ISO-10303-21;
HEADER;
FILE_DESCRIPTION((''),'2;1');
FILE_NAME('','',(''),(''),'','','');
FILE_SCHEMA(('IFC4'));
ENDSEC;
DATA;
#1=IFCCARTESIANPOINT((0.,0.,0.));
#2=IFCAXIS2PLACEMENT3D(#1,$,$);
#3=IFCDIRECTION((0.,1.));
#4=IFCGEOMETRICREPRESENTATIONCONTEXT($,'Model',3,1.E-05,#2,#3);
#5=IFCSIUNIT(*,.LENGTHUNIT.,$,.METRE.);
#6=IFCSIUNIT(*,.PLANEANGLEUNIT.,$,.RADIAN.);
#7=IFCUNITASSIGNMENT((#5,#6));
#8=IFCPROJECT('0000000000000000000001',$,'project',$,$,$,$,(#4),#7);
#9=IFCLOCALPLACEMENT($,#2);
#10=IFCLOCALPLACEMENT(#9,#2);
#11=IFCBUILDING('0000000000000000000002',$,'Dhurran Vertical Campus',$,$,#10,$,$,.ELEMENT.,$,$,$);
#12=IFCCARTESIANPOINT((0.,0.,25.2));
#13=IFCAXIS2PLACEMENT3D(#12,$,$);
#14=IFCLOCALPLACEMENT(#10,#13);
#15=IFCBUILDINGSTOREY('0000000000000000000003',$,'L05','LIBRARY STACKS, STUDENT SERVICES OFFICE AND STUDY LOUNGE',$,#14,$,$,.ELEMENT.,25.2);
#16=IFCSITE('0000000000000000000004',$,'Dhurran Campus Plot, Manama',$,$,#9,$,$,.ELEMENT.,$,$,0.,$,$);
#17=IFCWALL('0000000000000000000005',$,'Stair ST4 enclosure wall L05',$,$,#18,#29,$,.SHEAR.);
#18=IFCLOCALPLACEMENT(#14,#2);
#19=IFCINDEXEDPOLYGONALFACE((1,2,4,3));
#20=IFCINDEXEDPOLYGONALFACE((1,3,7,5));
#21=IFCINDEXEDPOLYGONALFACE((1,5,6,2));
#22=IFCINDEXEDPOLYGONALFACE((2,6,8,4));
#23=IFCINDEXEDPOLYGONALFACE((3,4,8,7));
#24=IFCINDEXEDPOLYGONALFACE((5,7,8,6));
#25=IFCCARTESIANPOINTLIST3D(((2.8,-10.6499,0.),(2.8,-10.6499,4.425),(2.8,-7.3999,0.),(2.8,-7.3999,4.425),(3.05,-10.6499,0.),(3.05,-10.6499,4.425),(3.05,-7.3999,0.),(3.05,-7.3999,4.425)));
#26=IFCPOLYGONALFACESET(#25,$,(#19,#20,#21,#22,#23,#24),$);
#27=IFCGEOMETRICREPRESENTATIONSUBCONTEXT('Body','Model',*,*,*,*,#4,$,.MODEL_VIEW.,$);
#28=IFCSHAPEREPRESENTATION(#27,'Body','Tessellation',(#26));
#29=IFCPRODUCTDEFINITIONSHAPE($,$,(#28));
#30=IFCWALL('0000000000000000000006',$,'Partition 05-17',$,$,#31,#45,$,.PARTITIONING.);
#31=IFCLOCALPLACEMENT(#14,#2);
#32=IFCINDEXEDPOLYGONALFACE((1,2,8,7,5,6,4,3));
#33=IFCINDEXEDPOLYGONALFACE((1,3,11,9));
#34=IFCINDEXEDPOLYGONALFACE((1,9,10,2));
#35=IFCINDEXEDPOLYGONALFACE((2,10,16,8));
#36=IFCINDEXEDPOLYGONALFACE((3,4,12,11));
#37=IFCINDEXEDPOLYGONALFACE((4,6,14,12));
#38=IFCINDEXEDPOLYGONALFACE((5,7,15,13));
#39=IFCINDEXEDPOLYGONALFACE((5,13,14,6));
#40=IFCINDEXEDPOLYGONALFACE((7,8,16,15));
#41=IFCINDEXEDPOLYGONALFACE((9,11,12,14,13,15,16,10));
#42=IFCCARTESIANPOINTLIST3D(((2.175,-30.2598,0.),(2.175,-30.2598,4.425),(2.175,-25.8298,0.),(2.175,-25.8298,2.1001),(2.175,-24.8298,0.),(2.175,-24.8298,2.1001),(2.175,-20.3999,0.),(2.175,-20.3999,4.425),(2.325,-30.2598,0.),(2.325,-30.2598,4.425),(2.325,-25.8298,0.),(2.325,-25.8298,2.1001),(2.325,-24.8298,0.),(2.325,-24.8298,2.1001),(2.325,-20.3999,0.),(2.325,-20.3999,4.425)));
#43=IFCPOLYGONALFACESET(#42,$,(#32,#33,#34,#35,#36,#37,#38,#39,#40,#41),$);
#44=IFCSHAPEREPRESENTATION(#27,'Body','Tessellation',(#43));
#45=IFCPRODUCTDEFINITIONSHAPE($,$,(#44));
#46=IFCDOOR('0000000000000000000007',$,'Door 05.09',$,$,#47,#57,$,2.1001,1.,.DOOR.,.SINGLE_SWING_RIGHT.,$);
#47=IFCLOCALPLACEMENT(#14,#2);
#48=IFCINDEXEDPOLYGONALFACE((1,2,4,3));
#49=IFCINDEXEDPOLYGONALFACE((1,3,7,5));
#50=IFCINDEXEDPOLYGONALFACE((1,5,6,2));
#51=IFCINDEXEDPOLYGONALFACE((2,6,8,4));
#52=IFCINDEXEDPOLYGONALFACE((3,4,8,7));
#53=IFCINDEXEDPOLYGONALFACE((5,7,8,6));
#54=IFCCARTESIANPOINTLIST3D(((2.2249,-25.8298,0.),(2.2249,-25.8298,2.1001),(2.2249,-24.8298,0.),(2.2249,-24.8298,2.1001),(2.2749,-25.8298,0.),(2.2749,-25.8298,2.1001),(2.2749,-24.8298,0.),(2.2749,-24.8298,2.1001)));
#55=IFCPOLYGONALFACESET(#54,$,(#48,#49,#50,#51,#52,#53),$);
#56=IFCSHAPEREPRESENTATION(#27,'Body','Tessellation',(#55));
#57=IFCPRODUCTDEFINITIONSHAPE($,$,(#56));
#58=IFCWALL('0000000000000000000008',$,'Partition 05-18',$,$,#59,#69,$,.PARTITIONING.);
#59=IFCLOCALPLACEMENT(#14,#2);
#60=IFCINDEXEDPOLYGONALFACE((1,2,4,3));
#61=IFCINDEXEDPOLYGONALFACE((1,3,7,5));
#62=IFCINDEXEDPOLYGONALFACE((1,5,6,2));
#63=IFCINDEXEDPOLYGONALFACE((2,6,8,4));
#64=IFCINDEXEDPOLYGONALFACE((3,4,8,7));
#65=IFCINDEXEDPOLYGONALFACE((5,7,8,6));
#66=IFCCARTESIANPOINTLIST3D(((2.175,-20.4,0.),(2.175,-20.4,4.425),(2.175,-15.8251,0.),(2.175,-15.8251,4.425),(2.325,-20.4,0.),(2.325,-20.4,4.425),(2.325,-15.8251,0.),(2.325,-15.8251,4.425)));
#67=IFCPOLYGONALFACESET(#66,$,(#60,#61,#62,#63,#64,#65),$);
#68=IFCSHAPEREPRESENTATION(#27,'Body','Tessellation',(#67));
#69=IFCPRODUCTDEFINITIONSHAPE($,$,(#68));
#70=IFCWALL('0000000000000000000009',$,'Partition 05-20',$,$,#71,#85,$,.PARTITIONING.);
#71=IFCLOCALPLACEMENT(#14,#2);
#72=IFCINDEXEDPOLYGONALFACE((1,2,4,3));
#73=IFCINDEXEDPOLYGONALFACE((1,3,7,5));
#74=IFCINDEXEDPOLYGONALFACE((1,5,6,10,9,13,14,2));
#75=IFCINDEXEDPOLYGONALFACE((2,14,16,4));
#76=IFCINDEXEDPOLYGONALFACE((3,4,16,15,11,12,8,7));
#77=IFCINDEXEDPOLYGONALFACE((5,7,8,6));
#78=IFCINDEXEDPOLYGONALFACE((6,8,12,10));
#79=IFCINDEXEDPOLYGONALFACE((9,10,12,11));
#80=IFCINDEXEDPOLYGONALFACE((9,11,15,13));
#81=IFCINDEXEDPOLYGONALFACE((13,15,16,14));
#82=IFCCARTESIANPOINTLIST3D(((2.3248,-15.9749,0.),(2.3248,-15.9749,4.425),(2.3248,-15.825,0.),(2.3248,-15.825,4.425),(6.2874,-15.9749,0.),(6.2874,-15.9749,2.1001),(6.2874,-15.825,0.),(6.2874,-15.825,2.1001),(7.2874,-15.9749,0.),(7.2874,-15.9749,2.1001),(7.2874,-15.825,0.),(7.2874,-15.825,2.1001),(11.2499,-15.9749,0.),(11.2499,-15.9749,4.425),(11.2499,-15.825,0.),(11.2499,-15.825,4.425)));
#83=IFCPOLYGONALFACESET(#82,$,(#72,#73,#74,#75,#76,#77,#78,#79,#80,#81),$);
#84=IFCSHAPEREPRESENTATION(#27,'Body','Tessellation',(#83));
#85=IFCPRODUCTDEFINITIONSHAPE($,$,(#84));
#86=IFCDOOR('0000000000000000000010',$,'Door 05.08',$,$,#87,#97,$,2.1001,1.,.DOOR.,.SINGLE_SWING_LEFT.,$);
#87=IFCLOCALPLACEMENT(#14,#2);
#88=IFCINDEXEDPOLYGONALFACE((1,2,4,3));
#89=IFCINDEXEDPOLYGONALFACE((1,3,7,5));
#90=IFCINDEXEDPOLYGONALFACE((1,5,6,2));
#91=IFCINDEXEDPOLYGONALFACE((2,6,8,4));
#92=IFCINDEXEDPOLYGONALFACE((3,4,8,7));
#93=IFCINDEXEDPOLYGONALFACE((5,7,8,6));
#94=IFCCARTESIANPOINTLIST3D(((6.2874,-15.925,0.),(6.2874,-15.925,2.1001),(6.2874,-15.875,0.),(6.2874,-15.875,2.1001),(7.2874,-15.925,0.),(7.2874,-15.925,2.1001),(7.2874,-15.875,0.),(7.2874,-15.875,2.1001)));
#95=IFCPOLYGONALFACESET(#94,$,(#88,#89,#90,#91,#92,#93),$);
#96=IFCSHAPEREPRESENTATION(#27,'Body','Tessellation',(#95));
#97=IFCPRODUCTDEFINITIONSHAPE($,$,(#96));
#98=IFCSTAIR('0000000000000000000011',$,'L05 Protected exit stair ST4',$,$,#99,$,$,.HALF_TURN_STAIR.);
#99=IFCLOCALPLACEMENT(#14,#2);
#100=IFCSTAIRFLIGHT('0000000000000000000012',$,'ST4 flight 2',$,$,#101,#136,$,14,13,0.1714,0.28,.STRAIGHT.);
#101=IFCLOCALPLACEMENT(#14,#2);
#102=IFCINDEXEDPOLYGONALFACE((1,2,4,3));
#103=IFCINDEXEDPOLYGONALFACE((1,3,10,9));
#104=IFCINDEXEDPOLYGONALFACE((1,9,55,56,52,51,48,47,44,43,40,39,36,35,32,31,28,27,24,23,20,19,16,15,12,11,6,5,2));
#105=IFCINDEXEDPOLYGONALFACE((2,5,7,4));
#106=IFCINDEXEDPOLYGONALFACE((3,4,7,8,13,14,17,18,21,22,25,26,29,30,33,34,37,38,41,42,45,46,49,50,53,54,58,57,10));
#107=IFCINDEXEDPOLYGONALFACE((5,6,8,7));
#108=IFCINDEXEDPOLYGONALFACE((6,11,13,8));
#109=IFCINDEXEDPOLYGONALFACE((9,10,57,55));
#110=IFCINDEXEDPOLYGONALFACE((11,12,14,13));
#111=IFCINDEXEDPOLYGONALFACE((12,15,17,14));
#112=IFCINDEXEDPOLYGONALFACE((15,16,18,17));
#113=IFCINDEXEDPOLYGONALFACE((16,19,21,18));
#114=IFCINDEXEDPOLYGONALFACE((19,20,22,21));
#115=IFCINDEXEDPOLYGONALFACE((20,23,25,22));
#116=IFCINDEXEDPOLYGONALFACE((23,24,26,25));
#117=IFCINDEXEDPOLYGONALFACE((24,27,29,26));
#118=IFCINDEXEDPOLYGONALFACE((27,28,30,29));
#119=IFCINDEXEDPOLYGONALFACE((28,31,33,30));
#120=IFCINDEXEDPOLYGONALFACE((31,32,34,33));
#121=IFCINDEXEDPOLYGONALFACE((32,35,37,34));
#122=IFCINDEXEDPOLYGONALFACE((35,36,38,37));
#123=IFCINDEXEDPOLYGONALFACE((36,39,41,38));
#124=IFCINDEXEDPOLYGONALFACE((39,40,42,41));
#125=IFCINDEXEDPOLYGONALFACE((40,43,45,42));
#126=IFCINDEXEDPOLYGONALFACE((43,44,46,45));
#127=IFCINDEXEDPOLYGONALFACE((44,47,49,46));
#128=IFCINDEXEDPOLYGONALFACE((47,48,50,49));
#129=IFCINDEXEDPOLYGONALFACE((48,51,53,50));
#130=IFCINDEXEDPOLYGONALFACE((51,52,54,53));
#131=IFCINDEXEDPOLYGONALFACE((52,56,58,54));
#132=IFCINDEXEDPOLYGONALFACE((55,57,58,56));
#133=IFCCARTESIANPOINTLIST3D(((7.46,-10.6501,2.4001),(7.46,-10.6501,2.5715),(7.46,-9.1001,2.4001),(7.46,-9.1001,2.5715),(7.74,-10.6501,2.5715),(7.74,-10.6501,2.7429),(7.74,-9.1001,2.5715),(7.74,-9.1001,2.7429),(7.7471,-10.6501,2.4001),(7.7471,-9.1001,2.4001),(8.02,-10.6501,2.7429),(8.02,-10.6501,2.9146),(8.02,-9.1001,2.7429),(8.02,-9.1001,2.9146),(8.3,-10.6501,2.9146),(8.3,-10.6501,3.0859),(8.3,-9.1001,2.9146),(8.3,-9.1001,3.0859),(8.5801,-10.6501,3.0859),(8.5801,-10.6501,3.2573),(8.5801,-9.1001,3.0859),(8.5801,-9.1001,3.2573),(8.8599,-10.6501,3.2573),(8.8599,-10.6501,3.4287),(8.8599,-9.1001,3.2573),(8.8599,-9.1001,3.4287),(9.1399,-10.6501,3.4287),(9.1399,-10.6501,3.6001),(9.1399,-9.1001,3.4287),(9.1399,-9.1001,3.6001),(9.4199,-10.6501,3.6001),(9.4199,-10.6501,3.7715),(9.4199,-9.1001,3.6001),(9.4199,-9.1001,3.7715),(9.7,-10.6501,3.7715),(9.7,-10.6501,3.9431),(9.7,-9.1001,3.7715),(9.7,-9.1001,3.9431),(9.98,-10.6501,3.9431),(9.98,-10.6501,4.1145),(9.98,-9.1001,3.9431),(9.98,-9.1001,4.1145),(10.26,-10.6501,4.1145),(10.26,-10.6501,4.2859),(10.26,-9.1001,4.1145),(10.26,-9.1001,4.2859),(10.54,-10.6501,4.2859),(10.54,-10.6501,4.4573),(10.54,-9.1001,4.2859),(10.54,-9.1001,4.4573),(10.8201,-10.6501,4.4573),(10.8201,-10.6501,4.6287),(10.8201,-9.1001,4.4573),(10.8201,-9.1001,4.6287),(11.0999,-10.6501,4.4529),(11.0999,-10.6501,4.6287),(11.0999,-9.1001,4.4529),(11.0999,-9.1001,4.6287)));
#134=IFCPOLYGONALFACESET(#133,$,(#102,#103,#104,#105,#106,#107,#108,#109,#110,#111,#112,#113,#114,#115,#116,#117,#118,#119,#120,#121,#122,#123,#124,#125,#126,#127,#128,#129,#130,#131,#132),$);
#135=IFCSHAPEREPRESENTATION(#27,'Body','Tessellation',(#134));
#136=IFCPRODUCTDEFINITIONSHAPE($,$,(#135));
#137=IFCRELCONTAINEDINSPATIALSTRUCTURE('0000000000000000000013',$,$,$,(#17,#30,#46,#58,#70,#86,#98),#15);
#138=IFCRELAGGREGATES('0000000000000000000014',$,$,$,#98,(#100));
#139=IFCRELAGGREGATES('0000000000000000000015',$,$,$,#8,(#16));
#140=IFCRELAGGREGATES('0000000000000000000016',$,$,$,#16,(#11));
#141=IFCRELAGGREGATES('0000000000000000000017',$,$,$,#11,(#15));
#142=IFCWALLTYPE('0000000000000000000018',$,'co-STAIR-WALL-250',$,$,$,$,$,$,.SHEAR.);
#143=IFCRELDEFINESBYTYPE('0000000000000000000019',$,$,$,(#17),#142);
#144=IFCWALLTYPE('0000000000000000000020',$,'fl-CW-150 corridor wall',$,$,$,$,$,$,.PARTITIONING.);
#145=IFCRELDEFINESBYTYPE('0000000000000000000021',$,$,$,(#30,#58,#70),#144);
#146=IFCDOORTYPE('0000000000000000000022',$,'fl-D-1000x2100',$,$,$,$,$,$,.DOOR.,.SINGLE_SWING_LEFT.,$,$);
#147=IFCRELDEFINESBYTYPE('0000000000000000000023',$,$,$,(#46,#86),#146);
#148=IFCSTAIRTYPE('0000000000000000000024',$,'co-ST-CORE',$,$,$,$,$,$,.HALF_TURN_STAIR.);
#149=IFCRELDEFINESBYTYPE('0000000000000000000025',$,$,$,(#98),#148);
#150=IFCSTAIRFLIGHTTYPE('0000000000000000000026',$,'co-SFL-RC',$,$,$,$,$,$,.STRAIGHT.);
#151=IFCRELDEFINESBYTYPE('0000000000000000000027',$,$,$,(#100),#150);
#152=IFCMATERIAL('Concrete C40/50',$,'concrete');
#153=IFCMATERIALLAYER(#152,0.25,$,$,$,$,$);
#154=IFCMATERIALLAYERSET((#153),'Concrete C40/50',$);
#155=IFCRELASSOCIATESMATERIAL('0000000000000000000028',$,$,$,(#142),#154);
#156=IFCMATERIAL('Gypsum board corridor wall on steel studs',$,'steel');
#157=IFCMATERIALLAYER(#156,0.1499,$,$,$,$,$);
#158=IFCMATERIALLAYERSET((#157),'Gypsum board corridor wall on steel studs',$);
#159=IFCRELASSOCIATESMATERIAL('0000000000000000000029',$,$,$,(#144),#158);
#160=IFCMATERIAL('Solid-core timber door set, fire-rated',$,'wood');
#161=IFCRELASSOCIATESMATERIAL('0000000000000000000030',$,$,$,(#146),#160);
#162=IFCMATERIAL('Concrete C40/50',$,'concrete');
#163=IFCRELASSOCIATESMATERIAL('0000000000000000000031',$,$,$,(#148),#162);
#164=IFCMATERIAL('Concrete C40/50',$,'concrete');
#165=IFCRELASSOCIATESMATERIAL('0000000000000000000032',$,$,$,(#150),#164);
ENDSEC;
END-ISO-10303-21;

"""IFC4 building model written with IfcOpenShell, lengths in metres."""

from ifc_helpers import new_model, si_unit, direction, frame, frame_2d, origin, place, context, subcontext, project, spatial, polyline, rectangle, outline, extrude, material, layer, layer_set, type_object, element, fill, aggregate, save


model = new_model("IFC4")

# Units and contexts
model_context = context("Model", 3, precision=1e-05, world=origin(), true_north=direction((0.0, 1.0)))
body_context = subcontext(model_context, "Body", "Model", "MODEL_VIEW")
ifc_project = project(units=[si_unit("LENGTHUNIT", "METRE"), si_unit("PLANEANGLEUNIT", "RADIAN")], contexts=[model_context])

# Site, building, storey
site_placement = place(None, origin())
site = spatial("IfcSite", under=ifc_project, at=site_placement, Name="Dhurran Campus Plot, Manama", CompositionType="ELEMENT", RefElevation=0.0)
building_placement = place(site_placement, origin())
building = spatial("IfcBuilding", under=site, at=building_placement, Name="Dhurran Vertical Campus", CompositionType="ELEMENT")
storey_placement = place(building_placement, frame((0.0, 0.0, 25.2)))
storey = spatial("IfcBuildingStorey", under=building, at=storey_placement, Name="L05", Description="LIBRARY STACKS, STUDENT SERVICES OFFICE AND STUDY LOUNGE", CompositionType="ELEMENT", Elevation=25.2)

# Shared definitions
ifc_material_1 = material(Name="Concrete C40/50", Category="concrete")
ifc_layer_1 = layer(ifc_material_1, 0.25)
ifc_layer_set_1 = layer_set([ifc_layer_1], Name="Concrete C40/50")
wall_type_1 = type_object("IfcWallType", Name="co-STAIR-WALL-250", PredefinedType="SHEAR", material=ifc_layer_set_1)

# Wall
wall_1_placement = place(storey_placement, frame((2.925, -10.6499, 0.0), z_axis=(0.0, 0.0, 1.0), x_axis=(0.0, 1.0, 0.0)))
element("IfcWall", 1, at=wall_1_placement, inside=storey, type_object=wall_type_1, Name="Stair ST4 enclosure wall L05", PredefinedType="SHEAR", context=body_context, shape_type="SweptSolid", body=[
    extrude(rectangle(XDim=3.25, YDim=0.25, at=frame_2d((1.625, 0.0))), origin(), (0.0, 0.0, 1.0), 4.425),
])

# Wall, opening, door
ifc_material_2 = material(Name="Gypsum board corridor wall on steel studs", Category="steel")
ifc_layer_2 = layer(ifc_material_2, 0.1499)
ifc_layer_set_2 = layer_set([ifc_layer_2], Name="Gypsum board corridor wall on steel studs")
wall_type_2 = type_object("IfcWallType", Name="fl-CW-150 corridor wall", PredefinedType="PARTITIONING", material=ifc_layer_set_2)
wall_2_placement = place(storey_placement, frame((2.25, -20.3999, 0.0), z_axis=(0.0, 0.0, 1.0), x_axis=(0.0, -1.0, 0.0)))
wall_2 = element("IfcWall", 2, at=wall_2_placement, inside=storey, type_object=wall_type_2, Name="Partition 05-17", PredefinedType="PARTITIONING", context=body_context, shape_type="SweptSolid", body=[
    extrude(rectangle(XDim=9.8599, YDim=0.1499, at=frame_2d((4.9299, 0.0))), origin(), (0.0, 0.0, 1.0), 4.425),
])
opening_1_placement = place(wall_2_placement, frame((4.4299, 0.0, 0.0)))
opening_1 = element("IfcOpeningElement", 3, at=opening_1_placement, cuts=wall_2, PredefinedType="OPENING", context=body_context, shape_type="SweptSolid", body=[
    extrude(rectangle(XDim=1.0, YDim=2.1001, at=frame_2d((0.5, 1.05))), frame((0.0, 0.085, 0.0), z_axis=(0.0, -1.0, 0.0), x_axis=(1.0, 0.0, 0.0)), (0.0, 0.0, 1.0), 0.1699),
])
ifc_material_3 = material(Name="Solid-core timber door set, fire-rated", Category="wood")
door_type_1 = type_object("IfcDoorType", Name="fl-D-1000x2100", OperationType="SINGLE_SWING_LEFT", PredefinedType="DOOR", material=ifc_material_3)
door_1_placement = place(opening_1_placement, origin())
door_1 = element("IfcDoor", 4, at=door_1_placement, inside=storey, type_object=door_type_1, Name="Door 05.09", OperationType="SINGLE_SWING_RIGHT", OverallHeight=2.1001, OverallWidth=1.0, PredefinedType="DOOR", context=body_context, shape_type="SweptSolid", body=[
    extrude(rectangle(XDim=1.0, YDim=2.1001, at=frame_2d((0.5, 1.05))), frame((0.0, 0.0249, 0.0), z_axis=(0.0, -1.0, 0.0), x_axis=(1.0, 0.0, 0.0)), (0.0, 0.0, 1.0), 0.05),
])
fill(opening_1, door_1)

# Wall
wall_3_placement = place(storey_placement, frame((2.25, -15.825, 0.0), z_axis=(0.0, 0.0, 1.0), x_axis=(0.0, -1.0, 0.0)))
element("IfcWall", 5, at=wall_3_placement, inside=storey, type_object=wall_type_2, Name="Partition 05-18", PredefinedType="PARTITIONING", context=body_context, shape_type="SweptSolid", body=[
    extrude(rectangle(XDim=4.575, YDim=0.1499, at=frame_2d((2.2876, 0.0))), origin(), (0.0, 0.0, 1.0), 4.425),
])

# Wall, opening, door
wall_4_placement = place(storey_placement, frame((2.325, -15.8999, 0.0), z_axis=(0.0, 0.0, 1.0), x_axis=(1.0, 0.0, 0.0)))
wall_4 = element("IfcWall", 6, at=wall_4_placement, inside=storey, type_object=wall_type_2, Name="Partition 05-20", PredefinedType="PARTITIONING", context=body_context, shape_type="SweptSolid", body=[
    extrude(rectangle(XDim=8.925, YDim=0.1499, at=frame_2d((4.4624, 0.0))), origin(), (0.0, 0.0, 1.0), 4.425),
])
opening_2_placement = place(wall_4_placement, frame((3.9624, 0.0, 0.0)))
opening_2 = element("IfcOpeningElement", 7, at=opening_2_placement, cuts=wall_4, PredefinedType="OPENING", context=body_context, shape_type="SweptSolid", body=[
    extrude(rectangle(XDim=1.0, YDim=2.1001, at=frame_2d((0.5, 1.05))), frame((0.0, 0.085, 0.0), z_axis=(0.0, -1.0, 0.0), x_axis=(1.0, 0.0, 0.0)), (0.0, 0.0, 1.0), 0.1699),
])
door_2_placement = place(opening_2_placement, origin())
door_2 = element("IfcDoor", 8, at=door_2_placement, inside=storey, type_object=door_type_1, Name="Door 05.08", OperationType="SINGLE_SWING_LEFT", OverallHeight=2.1001, OverallWidth=1.0, PredefinedType="DOOR", context=body_context, shape_type="SweptSolid", body=[
    extrude(rectangle(XDim=1.0, YDim=2.1001, at=frame_2d((0.5, 1.05))), frame((0.0, 0.0249, 0.0), z_axis=(0.0, -1.0, 0.0), x_axis=(1.0, 0.0, 0.0)), (0.0, 0.0, 1.0), 0.05),
])
fill(opening_2, door_2)

# Stair, stair flight
ifc_material_4 = material(Name="Concrete C40/50", Category="concrete")
stair_type = type_object("IfcStairType", Name="co-ST-CORE", PredefinedType="HALF_TURN_STAIR", material=ifc_material_4)
stair_placement = place(storey_placement, origin())
stair = element("IfcStair", 9, at=stair_placement, inside=storey, type_object=stair_type, Name="L05 Protected exit stair ST4", PredefinedType="HALF_TURN_STAIR")
ifc_material_5 = material(Name="Concrete C40/50", Category="concrete")
stair_flight_type = type_object("IfcStairFlightType", Name="co-SFL-RC", PredefinedType="STRAIGHT", material=ifc_material_5)
stair_flight_placement = place(storey_placement, frame((7.46, -9.875, 2.4001), z_axis=(0.0, 0.0, 1.0), x_axis=(1.0, 0.0, 0.0)))
stair_flight = element("IfcStairFlight", 10, at=stair_flight_placement, type_object=stair_flight_type, Name="ST4 flight 2", NumberOfRisers=14, NumberOfTreads=13, PredefinedType="STRAIGHT", RiserHeight=0.1714, TreadLength=0.28, context=body_context, shape_type="SweptSolid", body=[
    extrude(outline(polyline([(0.0, 0.0), (0.0, 0.1714), (0.28, 0.1714), (0.28, 0.3428), (0.5601, 0.3428), (0.5601, 0.5144), (0.8401, 0.5144), (0.8401, 0.6858), (1.1201, 0.6858), (1.1201, 0.8572), (1.3999, 0.8572), (1.3999, 1.0286), (1.6799, 1.0286), (1.6799, 1.2), (1.96, 1.2), (1.96, 1.3713), (2.24, 1.3713), (2.24, 1.543), (2.52, 1.543), (2.52, 1.7144), (2.8, 1.7144), (2.8, 1.8857), (3.0801, 1.8857), (3.0801, 2.0571), (3.3601, 2.0571), (3.3601, 2.2285), (3.6399, 2.2285), (3.6399, 2.3999), (3.6399, 2.0527), (0.2871, 0.0), (0.0, 0.0)])), frame((0.0, 0.7749, 0.0), z_axis=(0.0, -1.0, 0.0), x_axis=(1.0, 0.0, 0.0)), (0.0, 0.0, 1.0), 1.55),
])
aggregate(stair, [stair_flight])

save(model, "model.ifc")
